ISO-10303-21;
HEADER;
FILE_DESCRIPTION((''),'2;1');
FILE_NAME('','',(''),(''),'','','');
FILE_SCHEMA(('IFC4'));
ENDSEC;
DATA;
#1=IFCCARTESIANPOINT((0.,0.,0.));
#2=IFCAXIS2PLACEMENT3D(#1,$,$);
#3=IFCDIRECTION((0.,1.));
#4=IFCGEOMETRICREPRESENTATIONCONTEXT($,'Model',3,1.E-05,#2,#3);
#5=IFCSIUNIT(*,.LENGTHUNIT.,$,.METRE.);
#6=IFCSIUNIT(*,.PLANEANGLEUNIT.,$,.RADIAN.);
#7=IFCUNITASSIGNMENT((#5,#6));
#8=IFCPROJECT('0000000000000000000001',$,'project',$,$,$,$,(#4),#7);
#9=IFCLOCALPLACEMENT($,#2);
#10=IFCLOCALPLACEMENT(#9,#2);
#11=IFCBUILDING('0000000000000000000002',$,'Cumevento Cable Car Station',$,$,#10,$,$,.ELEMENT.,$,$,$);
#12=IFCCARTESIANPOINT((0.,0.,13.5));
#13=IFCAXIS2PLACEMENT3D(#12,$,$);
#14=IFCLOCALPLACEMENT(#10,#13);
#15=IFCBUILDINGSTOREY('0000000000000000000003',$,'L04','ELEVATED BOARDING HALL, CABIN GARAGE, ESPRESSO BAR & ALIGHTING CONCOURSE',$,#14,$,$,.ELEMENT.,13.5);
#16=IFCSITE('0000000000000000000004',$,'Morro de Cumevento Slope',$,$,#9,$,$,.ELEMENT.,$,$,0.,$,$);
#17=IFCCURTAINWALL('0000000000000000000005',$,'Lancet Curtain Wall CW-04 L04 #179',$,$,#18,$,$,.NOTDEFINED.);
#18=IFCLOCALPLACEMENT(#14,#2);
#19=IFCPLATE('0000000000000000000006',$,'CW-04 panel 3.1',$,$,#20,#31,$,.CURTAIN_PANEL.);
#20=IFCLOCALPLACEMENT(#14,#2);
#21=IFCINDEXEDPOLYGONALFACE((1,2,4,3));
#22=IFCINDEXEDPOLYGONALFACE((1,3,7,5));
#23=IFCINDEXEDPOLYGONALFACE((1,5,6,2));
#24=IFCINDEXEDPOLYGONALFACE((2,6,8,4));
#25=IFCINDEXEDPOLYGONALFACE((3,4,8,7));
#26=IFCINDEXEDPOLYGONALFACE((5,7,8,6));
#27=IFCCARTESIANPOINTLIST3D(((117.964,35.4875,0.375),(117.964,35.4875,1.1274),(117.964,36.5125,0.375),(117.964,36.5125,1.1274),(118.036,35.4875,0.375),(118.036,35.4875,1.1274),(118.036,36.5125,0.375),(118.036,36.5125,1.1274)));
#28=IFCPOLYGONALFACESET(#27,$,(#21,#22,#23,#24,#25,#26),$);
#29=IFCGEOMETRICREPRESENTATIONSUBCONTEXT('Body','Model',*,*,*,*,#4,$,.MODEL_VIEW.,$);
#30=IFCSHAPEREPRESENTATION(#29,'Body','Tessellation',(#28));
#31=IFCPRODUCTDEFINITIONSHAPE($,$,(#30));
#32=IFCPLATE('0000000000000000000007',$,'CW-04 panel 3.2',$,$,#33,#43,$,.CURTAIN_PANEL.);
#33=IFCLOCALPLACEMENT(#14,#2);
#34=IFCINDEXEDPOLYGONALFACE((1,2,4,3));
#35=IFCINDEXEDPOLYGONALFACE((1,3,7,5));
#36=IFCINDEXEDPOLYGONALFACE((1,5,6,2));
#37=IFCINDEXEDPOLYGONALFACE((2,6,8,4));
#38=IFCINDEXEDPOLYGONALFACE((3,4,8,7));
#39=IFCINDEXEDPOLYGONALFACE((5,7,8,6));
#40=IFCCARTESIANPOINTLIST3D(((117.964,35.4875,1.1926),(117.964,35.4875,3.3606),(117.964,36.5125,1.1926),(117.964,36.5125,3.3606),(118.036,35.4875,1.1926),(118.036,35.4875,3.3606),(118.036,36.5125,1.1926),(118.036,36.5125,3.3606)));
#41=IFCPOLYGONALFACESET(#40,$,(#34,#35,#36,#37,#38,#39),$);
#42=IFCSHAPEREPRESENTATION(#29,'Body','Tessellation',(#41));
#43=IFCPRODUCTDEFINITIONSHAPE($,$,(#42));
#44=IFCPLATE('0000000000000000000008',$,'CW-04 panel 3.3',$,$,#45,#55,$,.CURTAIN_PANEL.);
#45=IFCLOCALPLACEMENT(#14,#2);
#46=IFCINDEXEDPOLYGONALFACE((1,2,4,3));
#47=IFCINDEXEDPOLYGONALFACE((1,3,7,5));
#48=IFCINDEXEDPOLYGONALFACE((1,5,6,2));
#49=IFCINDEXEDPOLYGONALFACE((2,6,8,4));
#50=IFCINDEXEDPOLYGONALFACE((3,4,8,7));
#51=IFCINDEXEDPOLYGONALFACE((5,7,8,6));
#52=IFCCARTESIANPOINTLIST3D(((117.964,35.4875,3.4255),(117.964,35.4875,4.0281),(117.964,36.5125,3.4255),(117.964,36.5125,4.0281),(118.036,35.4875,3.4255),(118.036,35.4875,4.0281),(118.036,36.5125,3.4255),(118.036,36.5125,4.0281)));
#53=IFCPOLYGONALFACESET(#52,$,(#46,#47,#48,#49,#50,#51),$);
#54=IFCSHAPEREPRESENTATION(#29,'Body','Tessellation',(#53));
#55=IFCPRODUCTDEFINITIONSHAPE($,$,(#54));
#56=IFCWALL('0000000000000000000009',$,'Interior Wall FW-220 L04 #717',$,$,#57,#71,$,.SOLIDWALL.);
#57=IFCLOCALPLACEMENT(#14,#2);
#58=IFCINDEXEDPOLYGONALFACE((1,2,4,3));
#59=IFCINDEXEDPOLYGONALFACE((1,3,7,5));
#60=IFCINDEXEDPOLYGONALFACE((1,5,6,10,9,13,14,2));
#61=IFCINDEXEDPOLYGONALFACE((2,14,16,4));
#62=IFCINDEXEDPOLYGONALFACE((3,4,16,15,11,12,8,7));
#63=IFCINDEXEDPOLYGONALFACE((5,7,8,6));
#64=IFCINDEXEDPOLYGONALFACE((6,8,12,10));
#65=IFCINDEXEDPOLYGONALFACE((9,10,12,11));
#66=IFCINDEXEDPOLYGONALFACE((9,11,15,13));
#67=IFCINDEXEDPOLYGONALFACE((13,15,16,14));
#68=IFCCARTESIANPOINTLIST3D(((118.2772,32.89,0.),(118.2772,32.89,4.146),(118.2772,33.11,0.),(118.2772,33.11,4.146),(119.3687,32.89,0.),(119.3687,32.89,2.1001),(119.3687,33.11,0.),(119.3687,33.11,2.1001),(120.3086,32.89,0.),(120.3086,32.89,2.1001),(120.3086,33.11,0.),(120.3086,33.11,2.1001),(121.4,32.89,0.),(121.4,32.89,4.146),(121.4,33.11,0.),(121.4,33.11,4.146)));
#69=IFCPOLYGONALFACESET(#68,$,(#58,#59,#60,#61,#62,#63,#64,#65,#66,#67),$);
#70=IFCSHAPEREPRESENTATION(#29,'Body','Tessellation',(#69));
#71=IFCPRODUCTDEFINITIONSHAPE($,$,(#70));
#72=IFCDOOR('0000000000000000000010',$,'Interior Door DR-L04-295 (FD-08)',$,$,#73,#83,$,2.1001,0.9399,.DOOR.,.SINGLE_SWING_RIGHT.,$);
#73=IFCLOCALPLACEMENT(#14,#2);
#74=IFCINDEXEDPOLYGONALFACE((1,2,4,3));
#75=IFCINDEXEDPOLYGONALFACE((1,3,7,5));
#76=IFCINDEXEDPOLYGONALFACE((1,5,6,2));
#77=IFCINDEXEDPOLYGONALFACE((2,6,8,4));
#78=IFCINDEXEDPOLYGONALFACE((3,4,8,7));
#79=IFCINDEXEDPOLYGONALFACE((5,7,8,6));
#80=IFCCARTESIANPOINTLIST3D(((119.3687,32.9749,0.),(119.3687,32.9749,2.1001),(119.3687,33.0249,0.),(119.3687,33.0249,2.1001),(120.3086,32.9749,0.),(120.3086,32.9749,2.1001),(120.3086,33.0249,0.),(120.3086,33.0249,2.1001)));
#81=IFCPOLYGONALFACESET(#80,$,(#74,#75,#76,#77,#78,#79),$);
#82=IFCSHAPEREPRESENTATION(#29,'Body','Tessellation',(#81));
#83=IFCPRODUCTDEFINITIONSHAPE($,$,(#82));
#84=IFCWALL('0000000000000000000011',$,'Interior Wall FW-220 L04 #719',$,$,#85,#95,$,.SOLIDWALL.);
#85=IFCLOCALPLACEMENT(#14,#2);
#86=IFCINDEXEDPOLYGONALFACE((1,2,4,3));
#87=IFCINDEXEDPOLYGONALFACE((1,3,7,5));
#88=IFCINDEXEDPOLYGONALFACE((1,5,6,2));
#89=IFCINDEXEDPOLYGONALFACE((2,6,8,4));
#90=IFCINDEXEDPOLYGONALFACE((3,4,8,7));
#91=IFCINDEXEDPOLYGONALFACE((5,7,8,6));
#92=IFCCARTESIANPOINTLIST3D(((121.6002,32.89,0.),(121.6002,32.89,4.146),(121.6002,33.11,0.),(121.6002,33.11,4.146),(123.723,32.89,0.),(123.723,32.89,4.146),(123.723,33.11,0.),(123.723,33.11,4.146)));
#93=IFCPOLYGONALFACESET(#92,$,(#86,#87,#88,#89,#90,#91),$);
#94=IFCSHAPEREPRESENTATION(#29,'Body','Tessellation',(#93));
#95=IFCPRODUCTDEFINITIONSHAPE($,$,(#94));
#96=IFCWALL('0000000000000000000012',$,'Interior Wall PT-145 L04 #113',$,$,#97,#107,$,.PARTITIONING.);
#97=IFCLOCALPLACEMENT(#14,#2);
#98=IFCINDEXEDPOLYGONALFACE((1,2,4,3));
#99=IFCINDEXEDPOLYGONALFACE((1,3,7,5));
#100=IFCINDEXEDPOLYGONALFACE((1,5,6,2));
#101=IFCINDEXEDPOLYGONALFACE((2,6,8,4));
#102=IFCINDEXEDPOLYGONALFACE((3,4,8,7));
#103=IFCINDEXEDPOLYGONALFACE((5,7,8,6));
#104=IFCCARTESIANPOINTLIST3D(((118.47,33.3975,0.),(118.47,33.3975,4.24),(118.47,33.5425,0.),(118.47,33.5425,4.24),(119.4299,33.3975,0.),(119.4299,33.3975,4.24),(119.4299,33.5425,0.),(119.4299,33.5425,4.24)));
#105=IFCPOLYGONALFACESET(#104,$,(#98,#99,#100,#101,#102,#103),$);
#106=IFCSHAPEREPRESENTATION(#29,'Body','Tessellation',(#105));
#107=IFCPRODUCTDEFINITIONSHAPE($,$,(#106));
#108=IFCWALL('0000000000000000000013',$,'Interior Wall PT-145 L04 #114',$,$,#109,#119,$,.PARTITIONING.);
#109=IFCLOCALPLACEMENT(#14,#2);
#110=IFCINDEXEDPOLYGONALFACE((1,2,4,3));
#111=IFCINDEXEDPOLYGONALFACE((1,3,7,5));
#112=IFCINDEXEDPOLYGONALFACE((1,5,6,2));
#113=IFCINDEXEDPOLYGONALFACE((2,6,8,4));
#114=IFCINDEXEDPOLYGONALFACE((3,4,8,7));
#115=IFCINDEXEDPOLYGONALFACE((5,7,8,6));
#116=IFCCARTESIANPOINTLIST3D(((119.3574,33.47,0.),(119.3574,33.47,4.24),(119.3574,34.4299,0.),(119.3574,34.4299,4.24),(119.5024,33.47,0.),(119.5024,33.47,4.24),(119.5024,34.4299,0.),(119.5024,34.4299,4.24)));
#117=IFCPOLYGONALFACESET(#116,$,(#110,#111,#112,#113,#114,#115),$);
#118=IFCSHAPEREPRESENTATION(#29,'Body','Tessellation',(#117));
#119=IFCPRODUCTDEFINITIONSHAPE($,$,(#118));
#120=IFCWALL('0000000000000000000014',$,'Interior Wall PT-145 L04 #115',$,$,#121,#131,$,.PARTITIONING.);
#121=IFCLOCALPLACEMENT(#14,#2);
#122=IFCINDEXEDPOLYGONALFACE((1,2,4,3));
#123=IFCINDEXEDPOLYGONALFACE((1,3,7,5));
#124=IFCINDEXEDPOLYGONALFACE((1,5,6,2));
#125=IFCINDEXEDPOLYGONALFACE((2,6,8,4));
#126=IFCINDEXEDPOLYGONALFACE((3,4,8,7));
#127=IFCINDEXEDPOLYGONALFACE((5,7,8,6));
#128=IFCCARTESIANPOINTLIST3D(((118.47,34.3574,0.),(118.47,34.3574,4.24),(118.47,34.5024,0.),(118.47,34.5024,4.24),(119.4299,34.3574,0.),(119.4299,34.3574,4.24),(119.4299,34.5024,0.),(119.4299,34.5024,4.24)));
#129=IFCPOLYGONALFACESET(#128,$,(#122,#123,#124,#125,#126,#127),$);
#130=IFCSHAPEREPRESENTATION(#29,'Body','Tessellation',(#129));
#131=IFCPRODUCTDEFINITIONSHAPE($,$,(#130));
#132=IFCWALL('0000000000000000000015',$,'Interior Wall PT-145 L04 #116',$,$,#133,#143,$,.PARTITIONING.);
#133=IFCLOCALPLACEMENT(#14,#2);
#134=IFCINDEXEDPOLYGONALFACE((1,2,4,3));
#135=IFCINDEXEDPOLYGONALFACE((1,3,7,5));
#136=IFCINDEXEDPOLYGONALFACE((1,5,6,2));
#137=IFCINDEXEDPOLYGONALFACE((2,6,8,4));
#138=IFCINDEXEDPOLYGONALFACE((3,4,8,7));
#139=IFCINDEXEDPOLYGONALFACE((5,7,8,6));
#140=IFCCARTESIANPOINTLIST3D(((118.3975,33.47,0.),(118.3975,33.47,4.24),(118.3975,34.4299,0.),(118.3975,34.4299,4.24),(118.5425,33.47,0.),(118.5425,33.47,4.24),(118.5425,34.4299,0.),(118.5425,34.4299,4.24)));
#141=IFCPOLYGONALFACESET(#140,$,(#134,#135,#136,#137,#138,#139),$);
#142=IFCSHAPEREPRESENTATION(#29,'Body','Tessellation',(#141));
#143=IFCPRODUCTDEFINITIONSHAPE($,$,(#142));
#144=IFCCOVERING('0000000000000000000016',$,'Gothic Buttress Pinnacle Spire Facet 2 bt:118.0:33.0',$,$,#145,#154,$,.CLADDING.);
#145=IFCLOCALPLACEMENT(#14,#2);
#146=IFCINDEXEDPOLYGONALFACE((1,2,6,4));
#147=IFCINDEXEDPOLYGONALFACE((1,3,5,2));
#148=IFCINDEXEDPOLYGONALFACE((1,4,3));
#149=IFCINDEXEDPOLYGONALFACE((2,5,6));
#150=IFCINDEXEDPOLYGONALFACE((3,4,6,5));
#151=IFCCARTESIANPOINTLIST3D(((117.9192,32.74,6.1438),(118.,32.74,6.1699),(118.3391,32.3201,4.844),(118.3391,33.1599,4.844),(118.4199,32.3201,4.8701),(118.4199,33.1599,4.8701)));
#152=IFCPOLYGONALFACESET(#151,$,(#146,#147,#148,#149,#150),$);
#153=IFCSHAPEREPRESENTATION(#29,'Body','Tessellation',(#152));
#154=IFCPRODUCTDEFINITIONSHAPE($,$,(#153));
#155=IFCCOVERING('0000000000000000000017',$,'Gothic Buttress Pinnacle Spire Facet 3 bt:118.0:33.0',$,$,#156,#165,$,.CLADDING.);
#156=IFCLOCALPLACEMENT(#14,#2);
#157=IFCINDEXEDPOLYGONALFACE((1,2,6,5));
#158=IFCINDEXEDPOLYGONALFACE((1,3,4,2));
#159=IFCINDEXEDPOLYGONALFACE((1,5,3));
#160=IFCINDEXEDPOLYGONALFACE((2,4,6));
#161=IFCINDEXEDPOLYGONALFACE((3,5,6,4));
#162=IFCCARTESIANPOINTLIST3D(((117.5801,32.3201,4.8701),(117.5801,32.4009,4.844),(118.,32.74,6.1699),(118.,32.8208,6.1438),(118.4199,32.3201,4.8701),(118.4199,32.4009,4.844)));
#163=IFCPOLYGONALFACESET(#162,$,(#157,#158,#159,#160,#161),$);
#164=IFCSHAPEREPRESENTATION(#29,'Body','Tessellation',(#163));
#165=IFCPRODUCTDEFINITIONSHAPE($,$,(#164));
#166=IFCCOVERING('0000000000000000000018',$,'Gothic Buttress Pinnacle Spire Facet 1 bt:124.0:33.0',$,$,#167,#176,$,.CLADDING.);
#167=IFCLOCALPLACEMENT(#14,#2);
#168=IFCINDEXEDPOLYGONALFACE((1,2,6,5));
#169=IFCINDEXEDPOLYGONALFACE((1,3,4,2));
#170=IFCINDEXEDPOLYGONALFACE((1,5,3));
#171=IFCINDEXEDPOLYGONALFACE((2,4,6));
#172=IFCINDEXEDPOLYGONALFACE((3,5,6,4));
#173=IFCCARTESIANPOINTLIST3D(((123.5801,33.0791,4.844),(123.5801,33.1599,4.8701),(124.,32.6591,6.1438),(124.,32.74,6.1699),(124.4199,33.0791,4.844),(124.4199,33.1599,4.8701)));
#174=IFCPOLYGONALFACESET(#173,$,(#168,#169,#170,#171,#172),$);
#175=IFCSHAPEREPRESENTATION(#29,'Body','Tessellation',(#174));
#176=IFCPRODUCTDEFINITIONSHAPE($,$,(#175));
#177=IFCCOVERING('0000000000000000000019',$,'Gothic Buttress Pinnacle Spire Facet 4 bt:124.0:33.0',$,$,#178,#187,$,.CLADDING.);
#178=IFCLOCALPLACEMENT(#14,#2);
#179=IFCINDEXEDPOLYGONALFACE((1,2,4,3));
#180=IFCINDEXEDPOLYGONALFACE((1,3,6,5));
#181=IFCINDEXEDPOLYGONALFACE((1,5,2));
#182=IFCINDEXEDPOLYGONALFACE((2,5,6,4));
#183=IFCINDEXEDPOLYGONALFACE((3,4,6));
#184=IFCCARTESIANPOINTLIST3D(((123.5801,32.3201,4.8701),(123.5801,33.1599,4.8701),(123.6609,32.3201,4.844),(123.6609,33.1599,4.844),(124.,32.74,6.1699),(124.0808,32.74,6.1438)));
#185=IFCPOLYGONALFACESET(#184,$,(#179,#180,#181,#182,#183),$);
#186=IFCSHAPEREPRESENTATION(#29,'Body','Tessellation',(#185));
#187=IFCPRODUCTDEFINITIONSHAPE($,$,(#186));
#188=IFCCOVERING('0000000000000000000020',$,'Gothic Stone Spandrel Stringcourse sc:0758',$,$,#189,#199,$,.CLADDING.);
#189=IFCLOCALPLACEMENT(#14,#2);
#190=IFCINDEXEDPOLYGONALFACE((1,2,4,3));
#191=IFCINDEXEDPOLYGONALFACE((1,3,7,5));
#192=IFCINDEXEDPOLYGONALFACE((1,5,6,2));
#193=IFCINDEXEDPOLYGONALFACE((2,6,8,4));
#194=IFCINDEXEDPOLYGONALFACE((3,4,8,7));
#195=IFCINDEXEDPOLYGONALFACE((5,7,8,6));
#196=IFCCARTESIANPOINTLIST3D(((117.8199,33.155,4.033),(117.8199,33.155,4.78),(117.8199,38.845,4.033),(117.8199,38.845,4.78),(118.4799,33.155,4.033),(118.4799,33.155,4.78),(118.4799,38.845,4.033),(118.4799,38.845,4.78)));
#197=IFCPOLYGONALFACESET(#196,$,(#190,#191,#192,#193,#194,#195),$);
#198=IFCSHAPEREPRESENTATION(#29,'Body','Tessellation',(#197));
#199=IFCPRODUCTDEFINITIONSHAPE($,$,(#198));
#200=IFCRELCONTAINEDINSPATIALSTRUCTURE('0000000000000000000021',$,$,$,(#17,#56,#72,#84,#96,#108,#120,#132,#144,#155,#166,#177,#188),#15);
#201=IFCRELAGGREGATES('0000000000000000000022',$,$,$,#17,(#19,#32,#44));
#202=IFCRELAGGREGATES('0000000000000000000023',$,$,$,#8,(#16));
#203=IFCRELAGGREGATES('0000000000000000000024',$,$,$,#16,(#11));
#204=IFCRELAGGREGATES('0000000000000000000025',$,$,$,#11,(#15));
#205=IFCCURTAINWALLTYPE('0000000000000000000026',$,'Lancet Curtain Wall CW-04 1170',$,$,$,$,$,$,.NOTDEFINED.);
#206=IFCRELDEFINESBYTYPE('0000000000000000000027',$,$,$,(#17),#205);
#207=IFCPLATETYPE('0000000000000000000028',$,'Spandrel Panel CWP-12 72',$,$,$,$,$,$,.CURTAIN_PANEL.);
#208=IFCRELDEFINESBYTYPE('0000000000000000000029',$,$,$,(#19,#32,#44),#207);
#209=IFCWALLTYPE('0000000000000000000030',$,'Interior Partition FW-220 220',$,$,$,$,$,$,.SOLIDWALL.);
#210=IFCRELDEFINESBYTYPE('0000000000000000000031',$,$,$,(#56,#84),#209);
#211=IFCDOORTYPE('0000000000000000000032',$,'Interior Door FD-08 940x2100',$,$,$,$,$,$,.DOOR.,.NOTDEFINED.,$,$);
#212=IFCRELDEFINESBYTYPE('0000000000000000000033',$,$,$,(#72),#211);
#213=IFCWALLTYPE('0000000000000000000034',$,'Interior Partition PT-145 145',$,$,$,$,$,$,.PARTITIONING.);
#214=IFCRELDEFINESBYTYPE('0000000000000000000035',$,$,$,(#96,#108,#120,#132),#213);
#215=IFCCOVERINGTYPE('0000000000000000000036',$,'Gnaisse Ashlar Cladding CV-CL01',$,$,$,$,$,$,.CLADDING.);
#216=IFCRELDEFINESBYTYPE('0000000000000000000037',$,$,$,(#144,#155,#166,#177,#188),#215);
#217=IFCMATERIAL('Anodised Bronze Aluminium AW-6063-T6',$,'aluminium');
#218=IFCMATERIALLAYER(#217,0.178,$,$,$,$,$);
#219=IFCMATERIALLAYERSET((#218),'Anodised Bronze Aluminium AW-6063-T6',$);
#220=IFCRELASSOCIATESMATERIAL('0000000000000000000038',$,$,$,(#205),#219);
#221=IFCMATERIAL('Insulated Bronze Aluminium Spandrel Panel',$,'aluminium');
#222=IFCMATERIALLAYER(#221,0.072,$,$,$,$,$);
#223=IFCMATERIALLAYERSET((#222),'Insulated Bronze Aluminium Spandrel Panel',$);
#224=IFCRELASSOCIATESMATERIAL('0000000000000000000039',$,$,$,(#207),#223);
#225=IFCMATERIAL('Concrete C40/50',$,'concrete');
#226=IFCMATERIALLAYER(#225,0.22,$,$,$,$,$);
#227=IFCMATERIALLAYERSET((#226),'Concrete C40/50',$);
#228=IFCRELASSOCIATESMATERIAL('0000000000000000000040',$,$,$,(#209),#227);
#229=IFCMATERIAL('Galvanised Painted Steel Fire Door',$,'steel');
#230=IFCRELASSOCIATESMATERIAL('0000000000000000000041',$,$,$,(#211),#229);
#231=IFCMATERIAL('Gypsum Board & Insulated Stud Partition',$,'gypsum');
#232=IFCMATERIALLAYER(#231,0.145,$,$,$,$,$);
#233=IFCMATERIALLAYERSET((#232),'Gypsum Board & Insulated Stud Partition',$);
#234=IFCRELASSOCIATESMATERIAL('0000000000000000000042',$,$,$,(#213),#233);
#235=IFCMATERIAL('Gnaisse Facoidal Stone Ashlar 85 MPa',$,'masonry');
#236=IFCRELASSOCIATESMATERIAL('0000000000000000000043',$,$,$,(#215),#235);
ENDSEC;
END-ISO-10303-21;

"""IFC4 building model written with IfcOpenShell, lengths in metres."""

from ifc_helpers import new_model, si_unit, direction, frame, frame_2d, origin, origin_2d, place, context, subcontext, project, spatial, polyline, rectangle, outline, extrude, material, layer, layer_set, type_object, element, fill, aggregate, save


model = new_model("IFC4")

# Units and contexts
model_context = context("Model", 3, precision=1e-05, world=origin(), true_north=direction((0.0, 1.0)))
body_context = subcontext(model_context, "Body", "Model", "MODEL_VIEW")
ifc_project = project(units=[si_unit("LENGTHUNIT", "METRE"), si_unit("PLANEANGLEUNIT", "RADIAN")], contexts=[model_context])

# Site, building, storey
site_placement = place(None, origin())
site = spatial("IfcSite", under=ifc_project, at=site_placement, Name="Morro de Cumevento Slope", CompositionType="ELEMENT", RefElevation=0.0)
building_placement = place(site_placement, origin())
building = spatial("IfcBuilding", under=site, at=building_placement, Name="Cumevento Cable Car Station", CompositionType="ELEMENT")
storey_placement = place(building_placement, frame((0.0, 0.0, 13.5)))
storey = spatial("IfcBuildingStorey", under=building, at=storey_placement, Name="L04", Description="ELEVATED BOARDING HALL, CABIN GARAGE, ESPRESSO BAR & ALIGHTING CONCOURSE", CompositionType="ELEMENT", Elevation=13.5)

# Curtain wall
ifc_material_1 = material(Name="Anodised Bronze Aluminium AW-6063-T6", Category="aluminium")
ifc_layer_1 = layer(ifc_material_1, 0.178)
ifc_layer_set_1 = layer_set([ifc_layer_1], Name="Anodised Bronze Aluminium AW-6063-T6")
curtain_wall_type = type_object("IfcCurtainWallType", Name="Lancet Curtain Wall CW-04 1170", PredefinedType="NOTDEFINED", material=ifc_layer_set_1)
curtain_wall_placement = place(storey_placement, origin())
curtain_wall = element("IfcCurtainWall", 1, at=curtain_wall_placement, inside=storey, type_object=curtain_wall_type, Name="Lancet Curtain Wall CW-04 L04 #179", PredefinedType="NOTDEFINED")

# Plates
ifc_material_2 = material(Name="Insulated Bronze Aluminium Spandrel Panel", Category="aluminium")
ifc_layer_2 = layer(ifc_material_2, 0.072)
ifc_layer_set_2 = layer_set([ifc_layer_2], Name="Insulated Bronze Aluminium Spandrel Panel")
plate_type = type_object("IfcPlateType", Name="Spandrel Panel CWP-12 72", PredefinedType="CURTAIN_PANEL", material=ifc_layer_set_2)
plate_1_placement = place(storey_placement, frame((118.0, 36.0, 0.375), z_axis=(0.0, 0.0, 1.0), x_axis=(0.0, 1.0, 0.0)))
plate_1 = element("IfcPlate", 2, at=plate_1_placement, type_object=plate_type, Name="CW-04 panel 3.1", PredefinedType="CURTAIN_PANEL", context=body_context, shape_type="SweptSolid", body=[
    extrude(rectangle(XDim=1.0249, YDim=0.072, at=origin_2d()), origin(), (0.0, 0.0, 1.0), 0.7524),
])
plate_2_placement = place(storey_placement, frame((118.0, 36.0, 1.1926), z_axis=(0.0, 0.0, 1.0), x_axis=(0.0, 1.0, 0.0)))
plate_2 = element("IfcPlate", 3, at=plate_2_placement, type_object=plate_type, Name="CW-04 panel 3.2", PredefinedType="CURTAIN_PANEL", context=body_context, shape_type="SweptSolid", body=[
    extrude(rectangle(XDim=1.0249, YDim=0.072, at=origin_2d()), origin(), (0.0, 0.0, 1.0), 2.168),
])
plate_3_placement = place(storey_placement, frame((118.0, 36.0, 3.4255), z_axis=(0.0, 0.0, 1.0), x_axis=(0.0, 1.0, 0.0)))
plate_3 = element("IfcPlate", 4, at=plate_3_placement, type_object=plate_type, Name="CW-04 panel 3.3", PredefinedType="CURTAIN_PANEL", context=body_context, shape_type="SweptSolid", body=[
    extrude(rectangle(XDim=1.0249, YDim=0.072, at=origin_2d()), origin(), (0.0, 0.0, 1.0), 0.6025),
])
aggregate(curtain_wall, [plate_1, plate_2, plate_3])

# Wall, opening, door
ifc_material_3 = material(Name="Concrete C40/50", Category="concrete")
ifc_layer_3 = layer(ifc_material_3, 0.22)
ifc_layer_set_3 = layer_set([ifc_layer_3], Name="Concrete C40/50")
wall_type_1 = type_object("IfcWallType", Name="Interior Partition FW-220 220", PredefinedType="SOLIDWALL", material=ifc_layer_set_3)
wall_1_placement = place(storey_placement, frame((118.2771, 33.0, 0.0), z_axis=(0.0, 0.0, 1.0), x_axis=(1.0, 0.0, 0.0)))
wall_1 = element("IfcWall", 5, at=wall_1_placement, inside=storey, type_object=wall_type_1, Name="Interior Wall FW-220 L04 #717", PredefinedType="SOLIDWALL", context=body_context, shape_type="SweptSolid", body=[
    extrude(rectangle(XDim=3.1228, YDim=0.22, at=frame_2d((1.5615, 0.0))), origin(), (0.0, 0.0, 1.0), 4.146),
])
opening_placement = place(wall_1_placement, frame((1.0916, 0.0, 0.0)))
opening = element("IfcOpeningElement", 6, at=opening_placement, cuts=wall_1, PredefinedType="OPENING", context=body_context, shape_type="SweptSolid", body=[
    extrude(rectangle(XDim=0.9399, YDim=2.1001, at=frame_2d((0.47, 1.05))), frame((0.0, 0.1199, 0.0), z_axis=(0.0, -1.0, 0.0), x_axis=(1.0, 0.0, 0.0)), (0.0, 0.0, 1.0), 0.24),
])
ifc_material_4 = material(Name="Galvanised Painted Steel Fire Door", Category="steel")
door_type = type_object("IfcDoorType", Name="Interior Door FD-08 940x2100", OperationType="NOTDEFINED", PredefinedType="DOOR", material=ifc_material_4)
door_placement = place(opening_placement, origin())
door = element("IfcDoor", 7, at=door_placement, inside=storey, type_object=door_type, Name="Interior Door DR-L04-295 (FD-08)", OperationType="SINGLE_SWING_RIGHT", OverallHeight=2.1001, OverallWidth=0.9399, PredefinedType="DOOR", context=body_context, shape_type="SweptSolid", body=[
    extrude(rectangle(XDim=0.9399, YDim=2.1001, at=frame_2d((0.47, 1.05))), frame((0.0, 0.0249, 0.0), z_axis=(0.0, -1.0, 0.0), x_axis=(1.0, 0.0, 0.0)), (0.0, 0.0, 1.0), 0.05),
])
fill(opening, door)

# Walls
wall_2_placement = place(storey_placement, frame((121.6001, 33.0, 0.0), z_axis=(0.0, 0.0, 1.0), x_axis=(1.0, 0.0, 0.0)))
element("IfcWall", 8, at=wall_2_placement, inside=storey, type_object=wall_type_1, Name="Interior Wall FW-220 L04 #719", PredefinedType="SOLIDWALL", context=body_context, shape_type="SweptSolid", body=[
    extrude(rectangle(XDim=2.1228, YDim=0.22, at=frame_2d((1.0615, 0.0))), origin(), (0.0, 0.0, 1.0), 4.146),
])
ifc_material_5 = material(Name="Gypsum Board & Insulated Stud Partition", Category="gypsum")
ifc_layer_4 = layer(ifc_material_5, 0.145)
ifc_layer_set_4 = layer_set([ifc_layer_4], Name="Gypsum Board & Insulated Stud Partition")
wall_type_2 = type_object("IfcWallType", Name="Interior Partition PT-145 145", PredefinedType="PARTITIONING", material=ifc_layer_set_4)
for number, where, z_axis, x_axis, name in (
    (9, (118.47, 33.47, 0.0), (0.0, 0.0, 1.0), (1.0, 0.0, 0.0), "Interior Wall PT-145 L04 #113"),
    (10, (119.4299, 33.47, 0.0), (0.0, 0.0, 1.0), (0.0, 1.0, 0.0), "Interior Wall PT-145 L04 #114"),
    (11, (119.4299, 34.4299, 0.0), (0.0, 0.0, 1.0), (-1.0, 0.0, 0.0), "Interior Wall PT-145 L04 #115"),
    (12, (118.47, 34.4299, 0.0), (0.0, 0.0, 1.0), (0.0, -1.0, 0.0), "Interior Wall PT-145 L04 #116"),
):
    element("IfcWall", number, at=place(storey_placement, frame(where, z_axis=z_axis, x_axis=x_axis)), inside=storey, type_object=wall_type_2, Name=name, PredefinedType="PARTITIONING", context=body_context, shape_type="SweptSolid", body=[
        extrude(rectangle(XDim=0.96, YDim=0.145, at=frame_2d((0.48, 0.0))), origin(), (0.0, 0.0, 1.0), 4.24),
    ])

# Coverings
ifc_material_6 = material(Name="Gnaisse Facoidal Stone Ashlar 85 MPa", Category="masonry")
covering_type = type_object("IfcCoveringType", Name="Gnaisse Ashlar Cladding CV-CL01", PredefinedType="CLADDING", material=ifc_material_6)
for number, where, z_axis, x_axis, name in (
    (13, (118.4199, 33.1599, 4.8701), (0.951574, 0.0, 0.307421), (0.0, -1.0, 0.0), "Gothic Buttress Pinnacle Spire Facet 2 bt:118.0:33.0"),
    (14, (118.4199, 32.3201, 4.8701), (0.0, -0.951574, 0.307421), (-1.0, 0.0, 0.0), "Gothic Buttress Pinnacle Spire Facet 3 bt:118.0:33.0"),
    (15, (123.5801, 33.1599, 4.8701), (0.0, 0.951574, 0.307421), (1.0, 0.0, 0.0), "Gothic Buttress Pinnacle Spire Facet 1 bt:124.0:33.0"),
    (16, (123.5801, 32.3201, 4.8701), (-0.951574, 0.0, 0.307421), (0.0, 1.0, 0.0), "Gothic Buttress Pinnacle Spire Facet 4 bt:124.0:33.0"),
):
    element("IfcCovering", number, at=place(storey_placement, frame(where, z_axis=z_axis, x_axis=x_axis)), inside=storey, type_object=covering_type, Name=name, PredefinedType="CLADDING", context=body_context, shape_type="SweptSolid", body=[
        extrude(outline(polyline([(0.0, 0.0), (0.8398, 0.0), (0.4199, -1.366), (0.0, 0.0)])), origin(), (0.0, 0.0, -1.0), 0.085),
    ])
covering_1_placement = place(storey_placement, frame((118.1499, 36.0, 4.033), z_axis=(0.0, 0.0, 1.0), x_axis=(0.0, 1.0, 0.0)))
element("IfcCovering", 17, at=covering_1_placement, inside=storey, type_object=covering_type, Name="Gothic Stone Spandrel Stringcourse sc:0758", PredefinedType="CLADDING", context=body_context, shape_type="SweptSolid", body=[
    extrude(rectangle(XDim=5.6899, YDim=0.6599, at=origin_2d()), origin(), (0.0, 0.0, 1.0), 0.7471),
])

save(model, "model.ifc")
